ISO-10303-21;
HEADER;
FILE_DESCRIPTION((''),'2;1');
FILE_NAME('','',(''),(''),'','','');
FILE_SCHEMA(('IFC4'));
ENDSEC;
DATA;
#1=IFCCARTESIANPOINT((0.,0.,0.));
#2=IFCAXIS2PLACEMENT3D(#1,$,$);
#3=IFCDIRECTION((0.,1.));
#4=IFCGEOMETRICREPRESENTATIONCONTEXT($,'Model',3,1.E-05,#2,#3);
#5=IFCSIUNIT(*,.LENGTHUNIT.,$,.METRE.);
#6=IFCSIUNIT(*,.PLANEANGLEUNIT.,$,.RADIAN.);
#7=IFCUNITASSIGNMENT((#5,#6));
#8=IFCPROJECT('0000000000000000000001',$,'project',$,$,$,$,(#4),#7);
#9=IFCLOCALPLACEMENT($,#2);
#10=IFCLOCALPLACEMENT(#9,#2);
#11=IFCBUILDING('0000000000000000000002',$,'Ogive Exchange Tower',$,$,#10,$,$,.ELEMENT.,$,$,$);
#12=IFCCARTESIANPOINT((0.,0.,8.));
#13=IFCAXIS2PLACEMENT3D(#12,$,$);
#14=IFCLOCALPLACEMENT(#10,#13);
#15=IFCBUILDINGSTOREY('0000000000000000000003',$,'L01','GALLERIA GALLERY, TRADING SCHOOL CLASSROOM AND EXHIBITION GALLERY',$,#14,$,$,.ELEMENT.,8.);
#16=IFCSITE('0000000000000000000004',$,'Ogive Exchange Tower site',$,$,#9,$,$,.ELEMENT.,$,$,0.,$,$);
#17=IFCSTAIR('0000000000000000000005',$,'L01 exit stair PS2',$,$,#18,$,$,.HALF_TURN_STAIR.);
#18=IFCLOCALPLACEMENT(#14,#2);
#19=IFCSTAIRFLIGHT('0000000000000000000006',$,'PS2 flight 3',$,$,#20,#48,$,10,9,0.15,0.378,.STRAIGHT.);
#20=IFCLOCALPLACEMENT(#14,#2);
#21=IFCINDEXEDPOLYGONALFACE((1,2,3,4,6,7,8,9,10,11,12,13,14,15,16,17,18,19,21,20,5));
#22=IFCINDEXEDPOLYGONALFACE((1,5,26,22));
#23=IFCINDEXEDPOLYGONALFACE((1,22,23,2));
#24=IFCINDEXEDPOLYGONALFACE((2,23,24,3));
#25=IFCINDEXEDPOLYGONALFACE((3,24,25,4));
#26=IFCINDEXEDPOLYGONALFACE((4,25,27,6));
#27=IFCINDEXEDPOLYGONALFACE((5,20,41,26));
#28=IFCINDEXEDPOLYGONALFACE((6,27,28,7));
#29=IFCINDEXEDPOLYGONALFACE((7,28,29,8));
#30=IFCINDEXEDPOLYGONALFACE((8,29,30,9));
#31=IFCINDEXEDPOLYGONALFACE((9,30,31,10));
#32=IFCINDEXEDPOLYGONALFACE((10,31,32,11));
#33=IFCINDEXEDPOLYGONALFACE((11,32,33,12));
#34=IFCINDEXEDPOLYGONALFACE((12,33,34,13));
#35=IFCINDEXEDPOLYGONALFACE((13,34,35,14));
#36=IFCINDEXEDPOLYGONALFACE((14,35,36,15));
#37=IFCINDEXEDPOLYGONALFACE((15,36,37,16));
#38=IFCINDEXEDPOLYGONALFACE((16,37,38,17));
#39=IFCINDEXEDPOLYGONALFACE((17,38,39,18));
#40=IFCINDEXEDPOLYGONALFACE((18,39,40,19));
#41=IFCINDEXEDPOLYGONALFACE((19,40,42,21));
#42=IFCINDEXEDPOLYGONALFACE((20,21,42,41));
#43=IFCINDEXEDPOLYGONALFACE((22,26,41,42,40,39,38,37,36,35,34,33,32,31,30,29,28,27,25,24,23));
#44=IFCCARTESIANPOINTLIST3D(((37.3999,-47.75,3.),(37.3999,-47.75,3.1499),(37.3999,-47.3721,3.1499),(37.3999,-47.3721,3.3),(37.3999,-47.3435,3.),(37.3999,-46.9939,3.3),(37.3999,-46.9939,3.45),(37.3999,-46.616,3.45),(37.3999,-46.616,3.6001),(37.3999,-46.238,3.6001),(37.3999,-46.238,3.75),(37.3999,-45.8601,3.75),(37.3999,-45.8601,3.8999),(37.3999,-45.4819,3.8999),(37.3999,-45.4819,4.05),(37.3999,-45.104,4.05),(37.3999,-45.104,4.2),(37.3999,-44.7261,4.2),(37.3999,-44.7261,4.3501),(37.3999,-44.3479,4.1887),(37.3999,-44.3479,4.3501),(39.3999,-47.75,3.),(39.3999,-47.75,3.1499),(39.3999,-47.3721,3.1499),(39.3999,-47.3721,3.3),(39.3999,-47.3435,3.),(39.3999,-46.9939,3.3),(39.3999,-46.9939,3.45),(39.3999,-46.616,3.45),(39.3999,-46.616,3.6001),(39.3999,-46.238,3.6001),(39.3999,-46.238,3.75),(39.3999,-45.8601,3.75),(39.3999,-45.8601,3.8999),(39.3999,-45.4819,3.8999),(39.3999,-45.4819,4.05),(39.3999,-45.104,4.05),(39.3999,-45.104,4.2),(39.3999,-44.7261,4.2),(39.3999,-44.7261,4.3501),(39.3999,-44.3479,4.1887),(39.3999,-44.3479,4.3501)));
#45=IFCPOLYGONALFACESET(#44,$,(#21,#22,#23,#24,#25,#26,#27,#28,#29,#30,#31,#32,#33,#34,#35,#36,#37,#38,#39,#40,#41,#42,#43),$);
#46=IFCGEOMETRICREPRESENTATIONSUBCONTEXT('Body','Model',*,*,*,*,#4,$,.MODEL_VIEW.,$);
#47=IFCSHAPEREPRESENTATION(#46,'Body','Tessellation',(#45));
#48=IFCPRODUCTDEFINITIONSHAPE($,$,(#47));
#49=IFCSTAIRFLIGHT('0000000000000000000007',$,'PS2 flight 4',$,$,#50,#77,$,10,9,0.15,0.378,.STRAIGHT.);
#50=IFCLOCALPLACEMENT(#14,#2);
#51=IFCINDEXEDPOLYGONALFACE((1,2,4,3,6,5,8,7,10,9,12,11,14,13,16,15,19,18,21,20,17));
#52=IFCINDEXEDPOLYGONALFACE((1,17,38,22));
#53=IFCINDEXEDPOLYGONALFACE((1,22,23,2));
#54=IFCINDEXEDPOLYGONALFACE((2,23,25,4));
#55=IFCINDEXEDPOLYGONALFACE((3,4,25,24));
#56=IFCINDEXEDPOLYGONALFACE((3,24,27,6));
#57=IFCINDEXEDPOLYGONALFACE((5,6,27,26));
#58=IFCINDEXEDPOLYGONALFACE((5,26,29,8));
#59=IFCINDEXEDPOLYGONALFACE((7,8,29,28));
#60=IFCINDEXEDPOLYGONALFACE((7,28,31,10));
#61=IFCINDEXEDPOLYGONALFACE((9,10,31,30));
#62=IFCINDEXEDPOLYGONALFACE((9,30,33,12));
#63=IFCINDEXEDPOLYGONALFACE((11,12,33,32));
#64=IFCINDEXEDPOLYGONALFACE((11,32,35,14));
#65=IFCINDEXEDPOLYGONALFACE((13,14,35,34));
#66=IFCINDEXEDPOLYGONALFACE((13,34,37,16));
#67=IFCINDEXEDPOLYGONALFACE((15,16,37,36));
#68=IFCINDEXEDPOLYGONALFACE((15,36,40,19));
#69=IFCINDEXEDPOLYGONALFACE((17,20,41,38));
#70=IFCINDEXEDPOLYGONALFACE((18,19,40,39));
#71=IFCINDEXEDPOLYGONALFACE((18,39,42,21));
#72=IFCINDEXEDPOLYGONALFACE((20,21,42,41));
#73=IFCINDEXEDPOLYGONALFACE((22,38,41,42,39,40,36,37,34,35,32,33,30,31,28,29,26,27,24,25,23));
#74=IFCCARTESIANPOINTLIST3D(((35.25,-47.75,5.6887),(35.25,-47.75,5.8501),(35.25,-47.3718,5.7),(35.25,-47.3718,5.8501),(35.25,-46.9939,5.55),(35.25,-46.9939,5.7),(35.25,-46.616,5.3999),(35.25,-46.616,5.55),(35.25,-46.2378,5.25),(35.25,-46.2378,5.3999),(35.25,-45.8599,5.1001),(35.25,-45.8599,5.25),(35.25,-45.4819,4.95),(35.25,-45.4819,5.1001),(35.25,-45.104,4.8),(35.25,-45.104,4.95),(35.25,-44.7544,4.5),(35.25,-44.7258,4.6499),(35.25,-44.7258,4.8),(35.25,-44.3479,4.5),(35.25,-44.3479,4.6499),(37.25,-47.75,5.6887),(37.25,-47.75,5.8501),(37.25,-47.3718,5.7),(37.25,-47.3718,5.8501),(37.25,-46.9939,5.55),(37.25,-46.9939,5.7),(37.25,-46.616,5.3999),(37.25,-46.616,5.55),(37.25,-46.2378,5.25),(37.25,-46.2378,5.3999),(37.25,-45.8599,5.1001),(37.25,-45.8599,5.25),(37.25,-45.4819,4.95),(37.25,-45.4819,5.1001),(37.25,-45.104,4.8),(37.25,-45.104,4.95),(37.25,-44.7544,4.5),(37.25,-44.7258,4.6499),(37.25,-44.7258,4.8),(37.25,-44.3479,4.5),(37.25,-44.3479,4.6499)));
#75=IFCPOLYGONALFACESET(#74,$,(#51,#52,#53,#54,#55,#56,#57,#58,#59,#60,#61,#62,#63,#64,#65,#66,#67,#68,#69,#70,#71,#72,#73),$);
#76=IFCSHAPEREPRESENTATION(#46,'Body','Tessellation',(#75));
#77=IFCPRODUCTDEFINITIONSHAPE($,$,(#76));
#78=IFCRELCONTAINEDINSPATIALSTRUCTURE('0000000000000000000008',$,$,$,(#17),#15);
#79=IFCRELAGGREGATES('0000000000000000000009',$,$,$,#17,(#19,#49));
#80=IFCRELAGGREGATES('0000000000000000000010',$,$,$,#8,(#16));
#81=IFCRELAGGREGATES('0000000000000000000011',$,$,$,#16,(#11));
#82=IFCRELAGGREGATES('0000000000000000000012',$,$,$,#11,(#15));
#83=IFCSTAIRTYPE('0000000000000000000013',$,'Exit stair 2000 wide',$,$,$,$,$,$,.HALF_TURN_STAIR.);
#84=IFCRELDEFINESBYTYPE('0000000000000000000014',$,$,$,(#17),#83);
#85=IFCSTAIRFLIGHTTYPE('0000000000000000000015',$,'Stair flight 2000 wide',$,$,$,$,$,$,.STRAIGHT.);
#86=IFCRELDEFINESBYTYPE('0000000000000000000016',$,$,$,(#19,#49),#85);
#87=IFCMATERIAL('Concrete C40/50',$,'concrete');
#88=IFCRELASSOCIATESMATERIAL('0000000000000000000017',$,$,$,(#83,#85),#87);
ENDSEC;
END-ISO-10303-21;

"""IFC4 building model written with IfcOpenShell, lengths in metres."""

from ifc_helpers import new_model, si_unit, direction, frame, origin, place, context, subcontext, project, spatial, polyline, outline, extrude, material, type_object, element, aggregate, save


model = new_model("IFC4")

# Units and contexts
model_context = context("Model", 3, precision=1e-05, world=origin(), true_north=direction((0.0, 1.0)))
body_context = subcontext(model_context, "Body", "Model", "MODEL_VIEW")
ifc_project = project(units=[si_unit("LENGTHUNIT", "METRE"), si_unit("PLANEANGLEUNIT", "RADIAN")], contexts=[model_context])

# Site, building, storey
site_placement = place(None, origin())
site = spatial("IfcSite", under=ifc_project, at=site_placement, Name="Ogive Exchange Tower site", CompositionType="ELEMENT", RefElevation=0.0)
building_placement = place(site_placement, origin())
building = spatial("IfcBuilding", under=site, at=building_placement, Name="Ogive Exchange Tower", CompositionType="ELEMENT")
storey_placement = place(building_placement, frame((0.0, 0.0, 8.0)))
storey = spatial("IfcBuildingStorey", under=building, at=storey_placement, Name="L01", Description="GALLERIA GALLERY, TRADING SCHOOL CLASSROOM AND EXHIBITION GALLERY", CompositionType="ELEMENT", Elevation=8.0)

# Stair, stair flights
ifc_material_1 = material(Name="Concrete C40/50", Category="concrete")
stair_type = type_object("IfcStairType", Name="Exit stair 2000 wide", PredefinedType="HALF_TURN_STAIR", material=ifc_material_1)
stair_placement = place(storey_placement, origin())
stair = element("IfcStair", 1, at=stair_placement, inside=storey, type_object=stair_type, Name="L01 exit stair PS2", PredefinedType="HALF_TURN_STAIR")
stair_flight_type = type_object("IfcStairFlightType", Name="Stair flight 2000 wide", PredefinedType="STRAIGHT", material=ifc_material_1)
stair_flight_1_placement = place(storey_placement, frame((38.3999, -47.75, 3.0), z_axis=(0.0, 0.0, 1.0), x_axis=(0.0, 1.0, 0.0)))
stair_flight_1 = element("IfcStairFlight", 2, at=stair_flight_1_placement, type_object=stair_flight_type, Name="PS2 flight 3", NumberOfRisers=10, NumberOfTreads=9, PredefinedType="STRAIGHT", RiserHeight=0.15, TreadLength=0.378, context=body_context, shape_type="SweptSolid", body=[
    extrude(outline(polyline([(0.0, 0.0), (0.0, 0.1499), (0.3779, 0.1499), (0.3779, 0.3), (0.7561, 0.3), (0.7561, 0.45), (1.134, 0.45), (1.134, 0.6001), (1.512, 0.6001), (1.512, 0.75), (1.8899, 0.75), (1.8899, 0.8999), (2.2681, 0.8999), (2.2681, 1.05), (2.646, 1.05), (2.646, 1.2), (3.0239, 1.2), (3.0239, 1.3501), (3.4021, 1.3501), (3.4021, 1.5), (3.4021, 1.1887), (0.4065, 0.0), (0.0, 0.0)])), frame((0.0, 1.0, 0.0), z_axis=(0.0, -1.0, 0.0), x_axis=(1.0, 0.0, 0.0)), (0.0, 0.0, 1.0), 2.0),
])
stair_flight_2_placement = place(storey_placement, frame((36.25, -44.3479, 4.5), z_axis=(0.0, 0.0, 1.0), x_axis=(0.0, -1.0, 0.0)))
stair_flight_2 = element("IfcStairFlight", 3, at=stair_flight_2_placement, type_object=stair_flight_type, Name="PS2 flight 4", NumberOfRisers=10, NumberOfTreads=9, PredefinedType="STRAIGHT", RiserHeight=0.15, TreadLength=0.378, context=body_context, shape_type="SweptSolid", body=[
    extrude(outline(polyline([(0.0, 0.0), (0.0, 0.1499), (0.3779, 0.1499), (0.3779, 0.3), (0.7561, 0.3), (0.7561, 0.45), (1.134, 0.45), (1.134, 0.6001), (1.512, 0.6001), (1.512, 0.75), (1.8899, 0.75), (1.8899, 0.8999), (2.2681, 0.8999), (2.2681, 1.05), (2.646, 1.05), (2.646, 1.2), (3.0239, 1.2), (3.0239, 1.3501), (3.4021, 1.3501), (3.4021, 1.5), (3.4021, 1.1887), (0.4065, 0.0), (0.0, 0.0)])), frame((0.0, 1.0, 0.0), z_axis=(0.0, -1.0, 0.0), x_axis=(1.0, 0.0, 0.0)), (0.0, 0.0, 1.0), 2.0),
])
aggregate(stair, [stair_flight_1, stair_flight_2])

save(model, "model.ifc")
